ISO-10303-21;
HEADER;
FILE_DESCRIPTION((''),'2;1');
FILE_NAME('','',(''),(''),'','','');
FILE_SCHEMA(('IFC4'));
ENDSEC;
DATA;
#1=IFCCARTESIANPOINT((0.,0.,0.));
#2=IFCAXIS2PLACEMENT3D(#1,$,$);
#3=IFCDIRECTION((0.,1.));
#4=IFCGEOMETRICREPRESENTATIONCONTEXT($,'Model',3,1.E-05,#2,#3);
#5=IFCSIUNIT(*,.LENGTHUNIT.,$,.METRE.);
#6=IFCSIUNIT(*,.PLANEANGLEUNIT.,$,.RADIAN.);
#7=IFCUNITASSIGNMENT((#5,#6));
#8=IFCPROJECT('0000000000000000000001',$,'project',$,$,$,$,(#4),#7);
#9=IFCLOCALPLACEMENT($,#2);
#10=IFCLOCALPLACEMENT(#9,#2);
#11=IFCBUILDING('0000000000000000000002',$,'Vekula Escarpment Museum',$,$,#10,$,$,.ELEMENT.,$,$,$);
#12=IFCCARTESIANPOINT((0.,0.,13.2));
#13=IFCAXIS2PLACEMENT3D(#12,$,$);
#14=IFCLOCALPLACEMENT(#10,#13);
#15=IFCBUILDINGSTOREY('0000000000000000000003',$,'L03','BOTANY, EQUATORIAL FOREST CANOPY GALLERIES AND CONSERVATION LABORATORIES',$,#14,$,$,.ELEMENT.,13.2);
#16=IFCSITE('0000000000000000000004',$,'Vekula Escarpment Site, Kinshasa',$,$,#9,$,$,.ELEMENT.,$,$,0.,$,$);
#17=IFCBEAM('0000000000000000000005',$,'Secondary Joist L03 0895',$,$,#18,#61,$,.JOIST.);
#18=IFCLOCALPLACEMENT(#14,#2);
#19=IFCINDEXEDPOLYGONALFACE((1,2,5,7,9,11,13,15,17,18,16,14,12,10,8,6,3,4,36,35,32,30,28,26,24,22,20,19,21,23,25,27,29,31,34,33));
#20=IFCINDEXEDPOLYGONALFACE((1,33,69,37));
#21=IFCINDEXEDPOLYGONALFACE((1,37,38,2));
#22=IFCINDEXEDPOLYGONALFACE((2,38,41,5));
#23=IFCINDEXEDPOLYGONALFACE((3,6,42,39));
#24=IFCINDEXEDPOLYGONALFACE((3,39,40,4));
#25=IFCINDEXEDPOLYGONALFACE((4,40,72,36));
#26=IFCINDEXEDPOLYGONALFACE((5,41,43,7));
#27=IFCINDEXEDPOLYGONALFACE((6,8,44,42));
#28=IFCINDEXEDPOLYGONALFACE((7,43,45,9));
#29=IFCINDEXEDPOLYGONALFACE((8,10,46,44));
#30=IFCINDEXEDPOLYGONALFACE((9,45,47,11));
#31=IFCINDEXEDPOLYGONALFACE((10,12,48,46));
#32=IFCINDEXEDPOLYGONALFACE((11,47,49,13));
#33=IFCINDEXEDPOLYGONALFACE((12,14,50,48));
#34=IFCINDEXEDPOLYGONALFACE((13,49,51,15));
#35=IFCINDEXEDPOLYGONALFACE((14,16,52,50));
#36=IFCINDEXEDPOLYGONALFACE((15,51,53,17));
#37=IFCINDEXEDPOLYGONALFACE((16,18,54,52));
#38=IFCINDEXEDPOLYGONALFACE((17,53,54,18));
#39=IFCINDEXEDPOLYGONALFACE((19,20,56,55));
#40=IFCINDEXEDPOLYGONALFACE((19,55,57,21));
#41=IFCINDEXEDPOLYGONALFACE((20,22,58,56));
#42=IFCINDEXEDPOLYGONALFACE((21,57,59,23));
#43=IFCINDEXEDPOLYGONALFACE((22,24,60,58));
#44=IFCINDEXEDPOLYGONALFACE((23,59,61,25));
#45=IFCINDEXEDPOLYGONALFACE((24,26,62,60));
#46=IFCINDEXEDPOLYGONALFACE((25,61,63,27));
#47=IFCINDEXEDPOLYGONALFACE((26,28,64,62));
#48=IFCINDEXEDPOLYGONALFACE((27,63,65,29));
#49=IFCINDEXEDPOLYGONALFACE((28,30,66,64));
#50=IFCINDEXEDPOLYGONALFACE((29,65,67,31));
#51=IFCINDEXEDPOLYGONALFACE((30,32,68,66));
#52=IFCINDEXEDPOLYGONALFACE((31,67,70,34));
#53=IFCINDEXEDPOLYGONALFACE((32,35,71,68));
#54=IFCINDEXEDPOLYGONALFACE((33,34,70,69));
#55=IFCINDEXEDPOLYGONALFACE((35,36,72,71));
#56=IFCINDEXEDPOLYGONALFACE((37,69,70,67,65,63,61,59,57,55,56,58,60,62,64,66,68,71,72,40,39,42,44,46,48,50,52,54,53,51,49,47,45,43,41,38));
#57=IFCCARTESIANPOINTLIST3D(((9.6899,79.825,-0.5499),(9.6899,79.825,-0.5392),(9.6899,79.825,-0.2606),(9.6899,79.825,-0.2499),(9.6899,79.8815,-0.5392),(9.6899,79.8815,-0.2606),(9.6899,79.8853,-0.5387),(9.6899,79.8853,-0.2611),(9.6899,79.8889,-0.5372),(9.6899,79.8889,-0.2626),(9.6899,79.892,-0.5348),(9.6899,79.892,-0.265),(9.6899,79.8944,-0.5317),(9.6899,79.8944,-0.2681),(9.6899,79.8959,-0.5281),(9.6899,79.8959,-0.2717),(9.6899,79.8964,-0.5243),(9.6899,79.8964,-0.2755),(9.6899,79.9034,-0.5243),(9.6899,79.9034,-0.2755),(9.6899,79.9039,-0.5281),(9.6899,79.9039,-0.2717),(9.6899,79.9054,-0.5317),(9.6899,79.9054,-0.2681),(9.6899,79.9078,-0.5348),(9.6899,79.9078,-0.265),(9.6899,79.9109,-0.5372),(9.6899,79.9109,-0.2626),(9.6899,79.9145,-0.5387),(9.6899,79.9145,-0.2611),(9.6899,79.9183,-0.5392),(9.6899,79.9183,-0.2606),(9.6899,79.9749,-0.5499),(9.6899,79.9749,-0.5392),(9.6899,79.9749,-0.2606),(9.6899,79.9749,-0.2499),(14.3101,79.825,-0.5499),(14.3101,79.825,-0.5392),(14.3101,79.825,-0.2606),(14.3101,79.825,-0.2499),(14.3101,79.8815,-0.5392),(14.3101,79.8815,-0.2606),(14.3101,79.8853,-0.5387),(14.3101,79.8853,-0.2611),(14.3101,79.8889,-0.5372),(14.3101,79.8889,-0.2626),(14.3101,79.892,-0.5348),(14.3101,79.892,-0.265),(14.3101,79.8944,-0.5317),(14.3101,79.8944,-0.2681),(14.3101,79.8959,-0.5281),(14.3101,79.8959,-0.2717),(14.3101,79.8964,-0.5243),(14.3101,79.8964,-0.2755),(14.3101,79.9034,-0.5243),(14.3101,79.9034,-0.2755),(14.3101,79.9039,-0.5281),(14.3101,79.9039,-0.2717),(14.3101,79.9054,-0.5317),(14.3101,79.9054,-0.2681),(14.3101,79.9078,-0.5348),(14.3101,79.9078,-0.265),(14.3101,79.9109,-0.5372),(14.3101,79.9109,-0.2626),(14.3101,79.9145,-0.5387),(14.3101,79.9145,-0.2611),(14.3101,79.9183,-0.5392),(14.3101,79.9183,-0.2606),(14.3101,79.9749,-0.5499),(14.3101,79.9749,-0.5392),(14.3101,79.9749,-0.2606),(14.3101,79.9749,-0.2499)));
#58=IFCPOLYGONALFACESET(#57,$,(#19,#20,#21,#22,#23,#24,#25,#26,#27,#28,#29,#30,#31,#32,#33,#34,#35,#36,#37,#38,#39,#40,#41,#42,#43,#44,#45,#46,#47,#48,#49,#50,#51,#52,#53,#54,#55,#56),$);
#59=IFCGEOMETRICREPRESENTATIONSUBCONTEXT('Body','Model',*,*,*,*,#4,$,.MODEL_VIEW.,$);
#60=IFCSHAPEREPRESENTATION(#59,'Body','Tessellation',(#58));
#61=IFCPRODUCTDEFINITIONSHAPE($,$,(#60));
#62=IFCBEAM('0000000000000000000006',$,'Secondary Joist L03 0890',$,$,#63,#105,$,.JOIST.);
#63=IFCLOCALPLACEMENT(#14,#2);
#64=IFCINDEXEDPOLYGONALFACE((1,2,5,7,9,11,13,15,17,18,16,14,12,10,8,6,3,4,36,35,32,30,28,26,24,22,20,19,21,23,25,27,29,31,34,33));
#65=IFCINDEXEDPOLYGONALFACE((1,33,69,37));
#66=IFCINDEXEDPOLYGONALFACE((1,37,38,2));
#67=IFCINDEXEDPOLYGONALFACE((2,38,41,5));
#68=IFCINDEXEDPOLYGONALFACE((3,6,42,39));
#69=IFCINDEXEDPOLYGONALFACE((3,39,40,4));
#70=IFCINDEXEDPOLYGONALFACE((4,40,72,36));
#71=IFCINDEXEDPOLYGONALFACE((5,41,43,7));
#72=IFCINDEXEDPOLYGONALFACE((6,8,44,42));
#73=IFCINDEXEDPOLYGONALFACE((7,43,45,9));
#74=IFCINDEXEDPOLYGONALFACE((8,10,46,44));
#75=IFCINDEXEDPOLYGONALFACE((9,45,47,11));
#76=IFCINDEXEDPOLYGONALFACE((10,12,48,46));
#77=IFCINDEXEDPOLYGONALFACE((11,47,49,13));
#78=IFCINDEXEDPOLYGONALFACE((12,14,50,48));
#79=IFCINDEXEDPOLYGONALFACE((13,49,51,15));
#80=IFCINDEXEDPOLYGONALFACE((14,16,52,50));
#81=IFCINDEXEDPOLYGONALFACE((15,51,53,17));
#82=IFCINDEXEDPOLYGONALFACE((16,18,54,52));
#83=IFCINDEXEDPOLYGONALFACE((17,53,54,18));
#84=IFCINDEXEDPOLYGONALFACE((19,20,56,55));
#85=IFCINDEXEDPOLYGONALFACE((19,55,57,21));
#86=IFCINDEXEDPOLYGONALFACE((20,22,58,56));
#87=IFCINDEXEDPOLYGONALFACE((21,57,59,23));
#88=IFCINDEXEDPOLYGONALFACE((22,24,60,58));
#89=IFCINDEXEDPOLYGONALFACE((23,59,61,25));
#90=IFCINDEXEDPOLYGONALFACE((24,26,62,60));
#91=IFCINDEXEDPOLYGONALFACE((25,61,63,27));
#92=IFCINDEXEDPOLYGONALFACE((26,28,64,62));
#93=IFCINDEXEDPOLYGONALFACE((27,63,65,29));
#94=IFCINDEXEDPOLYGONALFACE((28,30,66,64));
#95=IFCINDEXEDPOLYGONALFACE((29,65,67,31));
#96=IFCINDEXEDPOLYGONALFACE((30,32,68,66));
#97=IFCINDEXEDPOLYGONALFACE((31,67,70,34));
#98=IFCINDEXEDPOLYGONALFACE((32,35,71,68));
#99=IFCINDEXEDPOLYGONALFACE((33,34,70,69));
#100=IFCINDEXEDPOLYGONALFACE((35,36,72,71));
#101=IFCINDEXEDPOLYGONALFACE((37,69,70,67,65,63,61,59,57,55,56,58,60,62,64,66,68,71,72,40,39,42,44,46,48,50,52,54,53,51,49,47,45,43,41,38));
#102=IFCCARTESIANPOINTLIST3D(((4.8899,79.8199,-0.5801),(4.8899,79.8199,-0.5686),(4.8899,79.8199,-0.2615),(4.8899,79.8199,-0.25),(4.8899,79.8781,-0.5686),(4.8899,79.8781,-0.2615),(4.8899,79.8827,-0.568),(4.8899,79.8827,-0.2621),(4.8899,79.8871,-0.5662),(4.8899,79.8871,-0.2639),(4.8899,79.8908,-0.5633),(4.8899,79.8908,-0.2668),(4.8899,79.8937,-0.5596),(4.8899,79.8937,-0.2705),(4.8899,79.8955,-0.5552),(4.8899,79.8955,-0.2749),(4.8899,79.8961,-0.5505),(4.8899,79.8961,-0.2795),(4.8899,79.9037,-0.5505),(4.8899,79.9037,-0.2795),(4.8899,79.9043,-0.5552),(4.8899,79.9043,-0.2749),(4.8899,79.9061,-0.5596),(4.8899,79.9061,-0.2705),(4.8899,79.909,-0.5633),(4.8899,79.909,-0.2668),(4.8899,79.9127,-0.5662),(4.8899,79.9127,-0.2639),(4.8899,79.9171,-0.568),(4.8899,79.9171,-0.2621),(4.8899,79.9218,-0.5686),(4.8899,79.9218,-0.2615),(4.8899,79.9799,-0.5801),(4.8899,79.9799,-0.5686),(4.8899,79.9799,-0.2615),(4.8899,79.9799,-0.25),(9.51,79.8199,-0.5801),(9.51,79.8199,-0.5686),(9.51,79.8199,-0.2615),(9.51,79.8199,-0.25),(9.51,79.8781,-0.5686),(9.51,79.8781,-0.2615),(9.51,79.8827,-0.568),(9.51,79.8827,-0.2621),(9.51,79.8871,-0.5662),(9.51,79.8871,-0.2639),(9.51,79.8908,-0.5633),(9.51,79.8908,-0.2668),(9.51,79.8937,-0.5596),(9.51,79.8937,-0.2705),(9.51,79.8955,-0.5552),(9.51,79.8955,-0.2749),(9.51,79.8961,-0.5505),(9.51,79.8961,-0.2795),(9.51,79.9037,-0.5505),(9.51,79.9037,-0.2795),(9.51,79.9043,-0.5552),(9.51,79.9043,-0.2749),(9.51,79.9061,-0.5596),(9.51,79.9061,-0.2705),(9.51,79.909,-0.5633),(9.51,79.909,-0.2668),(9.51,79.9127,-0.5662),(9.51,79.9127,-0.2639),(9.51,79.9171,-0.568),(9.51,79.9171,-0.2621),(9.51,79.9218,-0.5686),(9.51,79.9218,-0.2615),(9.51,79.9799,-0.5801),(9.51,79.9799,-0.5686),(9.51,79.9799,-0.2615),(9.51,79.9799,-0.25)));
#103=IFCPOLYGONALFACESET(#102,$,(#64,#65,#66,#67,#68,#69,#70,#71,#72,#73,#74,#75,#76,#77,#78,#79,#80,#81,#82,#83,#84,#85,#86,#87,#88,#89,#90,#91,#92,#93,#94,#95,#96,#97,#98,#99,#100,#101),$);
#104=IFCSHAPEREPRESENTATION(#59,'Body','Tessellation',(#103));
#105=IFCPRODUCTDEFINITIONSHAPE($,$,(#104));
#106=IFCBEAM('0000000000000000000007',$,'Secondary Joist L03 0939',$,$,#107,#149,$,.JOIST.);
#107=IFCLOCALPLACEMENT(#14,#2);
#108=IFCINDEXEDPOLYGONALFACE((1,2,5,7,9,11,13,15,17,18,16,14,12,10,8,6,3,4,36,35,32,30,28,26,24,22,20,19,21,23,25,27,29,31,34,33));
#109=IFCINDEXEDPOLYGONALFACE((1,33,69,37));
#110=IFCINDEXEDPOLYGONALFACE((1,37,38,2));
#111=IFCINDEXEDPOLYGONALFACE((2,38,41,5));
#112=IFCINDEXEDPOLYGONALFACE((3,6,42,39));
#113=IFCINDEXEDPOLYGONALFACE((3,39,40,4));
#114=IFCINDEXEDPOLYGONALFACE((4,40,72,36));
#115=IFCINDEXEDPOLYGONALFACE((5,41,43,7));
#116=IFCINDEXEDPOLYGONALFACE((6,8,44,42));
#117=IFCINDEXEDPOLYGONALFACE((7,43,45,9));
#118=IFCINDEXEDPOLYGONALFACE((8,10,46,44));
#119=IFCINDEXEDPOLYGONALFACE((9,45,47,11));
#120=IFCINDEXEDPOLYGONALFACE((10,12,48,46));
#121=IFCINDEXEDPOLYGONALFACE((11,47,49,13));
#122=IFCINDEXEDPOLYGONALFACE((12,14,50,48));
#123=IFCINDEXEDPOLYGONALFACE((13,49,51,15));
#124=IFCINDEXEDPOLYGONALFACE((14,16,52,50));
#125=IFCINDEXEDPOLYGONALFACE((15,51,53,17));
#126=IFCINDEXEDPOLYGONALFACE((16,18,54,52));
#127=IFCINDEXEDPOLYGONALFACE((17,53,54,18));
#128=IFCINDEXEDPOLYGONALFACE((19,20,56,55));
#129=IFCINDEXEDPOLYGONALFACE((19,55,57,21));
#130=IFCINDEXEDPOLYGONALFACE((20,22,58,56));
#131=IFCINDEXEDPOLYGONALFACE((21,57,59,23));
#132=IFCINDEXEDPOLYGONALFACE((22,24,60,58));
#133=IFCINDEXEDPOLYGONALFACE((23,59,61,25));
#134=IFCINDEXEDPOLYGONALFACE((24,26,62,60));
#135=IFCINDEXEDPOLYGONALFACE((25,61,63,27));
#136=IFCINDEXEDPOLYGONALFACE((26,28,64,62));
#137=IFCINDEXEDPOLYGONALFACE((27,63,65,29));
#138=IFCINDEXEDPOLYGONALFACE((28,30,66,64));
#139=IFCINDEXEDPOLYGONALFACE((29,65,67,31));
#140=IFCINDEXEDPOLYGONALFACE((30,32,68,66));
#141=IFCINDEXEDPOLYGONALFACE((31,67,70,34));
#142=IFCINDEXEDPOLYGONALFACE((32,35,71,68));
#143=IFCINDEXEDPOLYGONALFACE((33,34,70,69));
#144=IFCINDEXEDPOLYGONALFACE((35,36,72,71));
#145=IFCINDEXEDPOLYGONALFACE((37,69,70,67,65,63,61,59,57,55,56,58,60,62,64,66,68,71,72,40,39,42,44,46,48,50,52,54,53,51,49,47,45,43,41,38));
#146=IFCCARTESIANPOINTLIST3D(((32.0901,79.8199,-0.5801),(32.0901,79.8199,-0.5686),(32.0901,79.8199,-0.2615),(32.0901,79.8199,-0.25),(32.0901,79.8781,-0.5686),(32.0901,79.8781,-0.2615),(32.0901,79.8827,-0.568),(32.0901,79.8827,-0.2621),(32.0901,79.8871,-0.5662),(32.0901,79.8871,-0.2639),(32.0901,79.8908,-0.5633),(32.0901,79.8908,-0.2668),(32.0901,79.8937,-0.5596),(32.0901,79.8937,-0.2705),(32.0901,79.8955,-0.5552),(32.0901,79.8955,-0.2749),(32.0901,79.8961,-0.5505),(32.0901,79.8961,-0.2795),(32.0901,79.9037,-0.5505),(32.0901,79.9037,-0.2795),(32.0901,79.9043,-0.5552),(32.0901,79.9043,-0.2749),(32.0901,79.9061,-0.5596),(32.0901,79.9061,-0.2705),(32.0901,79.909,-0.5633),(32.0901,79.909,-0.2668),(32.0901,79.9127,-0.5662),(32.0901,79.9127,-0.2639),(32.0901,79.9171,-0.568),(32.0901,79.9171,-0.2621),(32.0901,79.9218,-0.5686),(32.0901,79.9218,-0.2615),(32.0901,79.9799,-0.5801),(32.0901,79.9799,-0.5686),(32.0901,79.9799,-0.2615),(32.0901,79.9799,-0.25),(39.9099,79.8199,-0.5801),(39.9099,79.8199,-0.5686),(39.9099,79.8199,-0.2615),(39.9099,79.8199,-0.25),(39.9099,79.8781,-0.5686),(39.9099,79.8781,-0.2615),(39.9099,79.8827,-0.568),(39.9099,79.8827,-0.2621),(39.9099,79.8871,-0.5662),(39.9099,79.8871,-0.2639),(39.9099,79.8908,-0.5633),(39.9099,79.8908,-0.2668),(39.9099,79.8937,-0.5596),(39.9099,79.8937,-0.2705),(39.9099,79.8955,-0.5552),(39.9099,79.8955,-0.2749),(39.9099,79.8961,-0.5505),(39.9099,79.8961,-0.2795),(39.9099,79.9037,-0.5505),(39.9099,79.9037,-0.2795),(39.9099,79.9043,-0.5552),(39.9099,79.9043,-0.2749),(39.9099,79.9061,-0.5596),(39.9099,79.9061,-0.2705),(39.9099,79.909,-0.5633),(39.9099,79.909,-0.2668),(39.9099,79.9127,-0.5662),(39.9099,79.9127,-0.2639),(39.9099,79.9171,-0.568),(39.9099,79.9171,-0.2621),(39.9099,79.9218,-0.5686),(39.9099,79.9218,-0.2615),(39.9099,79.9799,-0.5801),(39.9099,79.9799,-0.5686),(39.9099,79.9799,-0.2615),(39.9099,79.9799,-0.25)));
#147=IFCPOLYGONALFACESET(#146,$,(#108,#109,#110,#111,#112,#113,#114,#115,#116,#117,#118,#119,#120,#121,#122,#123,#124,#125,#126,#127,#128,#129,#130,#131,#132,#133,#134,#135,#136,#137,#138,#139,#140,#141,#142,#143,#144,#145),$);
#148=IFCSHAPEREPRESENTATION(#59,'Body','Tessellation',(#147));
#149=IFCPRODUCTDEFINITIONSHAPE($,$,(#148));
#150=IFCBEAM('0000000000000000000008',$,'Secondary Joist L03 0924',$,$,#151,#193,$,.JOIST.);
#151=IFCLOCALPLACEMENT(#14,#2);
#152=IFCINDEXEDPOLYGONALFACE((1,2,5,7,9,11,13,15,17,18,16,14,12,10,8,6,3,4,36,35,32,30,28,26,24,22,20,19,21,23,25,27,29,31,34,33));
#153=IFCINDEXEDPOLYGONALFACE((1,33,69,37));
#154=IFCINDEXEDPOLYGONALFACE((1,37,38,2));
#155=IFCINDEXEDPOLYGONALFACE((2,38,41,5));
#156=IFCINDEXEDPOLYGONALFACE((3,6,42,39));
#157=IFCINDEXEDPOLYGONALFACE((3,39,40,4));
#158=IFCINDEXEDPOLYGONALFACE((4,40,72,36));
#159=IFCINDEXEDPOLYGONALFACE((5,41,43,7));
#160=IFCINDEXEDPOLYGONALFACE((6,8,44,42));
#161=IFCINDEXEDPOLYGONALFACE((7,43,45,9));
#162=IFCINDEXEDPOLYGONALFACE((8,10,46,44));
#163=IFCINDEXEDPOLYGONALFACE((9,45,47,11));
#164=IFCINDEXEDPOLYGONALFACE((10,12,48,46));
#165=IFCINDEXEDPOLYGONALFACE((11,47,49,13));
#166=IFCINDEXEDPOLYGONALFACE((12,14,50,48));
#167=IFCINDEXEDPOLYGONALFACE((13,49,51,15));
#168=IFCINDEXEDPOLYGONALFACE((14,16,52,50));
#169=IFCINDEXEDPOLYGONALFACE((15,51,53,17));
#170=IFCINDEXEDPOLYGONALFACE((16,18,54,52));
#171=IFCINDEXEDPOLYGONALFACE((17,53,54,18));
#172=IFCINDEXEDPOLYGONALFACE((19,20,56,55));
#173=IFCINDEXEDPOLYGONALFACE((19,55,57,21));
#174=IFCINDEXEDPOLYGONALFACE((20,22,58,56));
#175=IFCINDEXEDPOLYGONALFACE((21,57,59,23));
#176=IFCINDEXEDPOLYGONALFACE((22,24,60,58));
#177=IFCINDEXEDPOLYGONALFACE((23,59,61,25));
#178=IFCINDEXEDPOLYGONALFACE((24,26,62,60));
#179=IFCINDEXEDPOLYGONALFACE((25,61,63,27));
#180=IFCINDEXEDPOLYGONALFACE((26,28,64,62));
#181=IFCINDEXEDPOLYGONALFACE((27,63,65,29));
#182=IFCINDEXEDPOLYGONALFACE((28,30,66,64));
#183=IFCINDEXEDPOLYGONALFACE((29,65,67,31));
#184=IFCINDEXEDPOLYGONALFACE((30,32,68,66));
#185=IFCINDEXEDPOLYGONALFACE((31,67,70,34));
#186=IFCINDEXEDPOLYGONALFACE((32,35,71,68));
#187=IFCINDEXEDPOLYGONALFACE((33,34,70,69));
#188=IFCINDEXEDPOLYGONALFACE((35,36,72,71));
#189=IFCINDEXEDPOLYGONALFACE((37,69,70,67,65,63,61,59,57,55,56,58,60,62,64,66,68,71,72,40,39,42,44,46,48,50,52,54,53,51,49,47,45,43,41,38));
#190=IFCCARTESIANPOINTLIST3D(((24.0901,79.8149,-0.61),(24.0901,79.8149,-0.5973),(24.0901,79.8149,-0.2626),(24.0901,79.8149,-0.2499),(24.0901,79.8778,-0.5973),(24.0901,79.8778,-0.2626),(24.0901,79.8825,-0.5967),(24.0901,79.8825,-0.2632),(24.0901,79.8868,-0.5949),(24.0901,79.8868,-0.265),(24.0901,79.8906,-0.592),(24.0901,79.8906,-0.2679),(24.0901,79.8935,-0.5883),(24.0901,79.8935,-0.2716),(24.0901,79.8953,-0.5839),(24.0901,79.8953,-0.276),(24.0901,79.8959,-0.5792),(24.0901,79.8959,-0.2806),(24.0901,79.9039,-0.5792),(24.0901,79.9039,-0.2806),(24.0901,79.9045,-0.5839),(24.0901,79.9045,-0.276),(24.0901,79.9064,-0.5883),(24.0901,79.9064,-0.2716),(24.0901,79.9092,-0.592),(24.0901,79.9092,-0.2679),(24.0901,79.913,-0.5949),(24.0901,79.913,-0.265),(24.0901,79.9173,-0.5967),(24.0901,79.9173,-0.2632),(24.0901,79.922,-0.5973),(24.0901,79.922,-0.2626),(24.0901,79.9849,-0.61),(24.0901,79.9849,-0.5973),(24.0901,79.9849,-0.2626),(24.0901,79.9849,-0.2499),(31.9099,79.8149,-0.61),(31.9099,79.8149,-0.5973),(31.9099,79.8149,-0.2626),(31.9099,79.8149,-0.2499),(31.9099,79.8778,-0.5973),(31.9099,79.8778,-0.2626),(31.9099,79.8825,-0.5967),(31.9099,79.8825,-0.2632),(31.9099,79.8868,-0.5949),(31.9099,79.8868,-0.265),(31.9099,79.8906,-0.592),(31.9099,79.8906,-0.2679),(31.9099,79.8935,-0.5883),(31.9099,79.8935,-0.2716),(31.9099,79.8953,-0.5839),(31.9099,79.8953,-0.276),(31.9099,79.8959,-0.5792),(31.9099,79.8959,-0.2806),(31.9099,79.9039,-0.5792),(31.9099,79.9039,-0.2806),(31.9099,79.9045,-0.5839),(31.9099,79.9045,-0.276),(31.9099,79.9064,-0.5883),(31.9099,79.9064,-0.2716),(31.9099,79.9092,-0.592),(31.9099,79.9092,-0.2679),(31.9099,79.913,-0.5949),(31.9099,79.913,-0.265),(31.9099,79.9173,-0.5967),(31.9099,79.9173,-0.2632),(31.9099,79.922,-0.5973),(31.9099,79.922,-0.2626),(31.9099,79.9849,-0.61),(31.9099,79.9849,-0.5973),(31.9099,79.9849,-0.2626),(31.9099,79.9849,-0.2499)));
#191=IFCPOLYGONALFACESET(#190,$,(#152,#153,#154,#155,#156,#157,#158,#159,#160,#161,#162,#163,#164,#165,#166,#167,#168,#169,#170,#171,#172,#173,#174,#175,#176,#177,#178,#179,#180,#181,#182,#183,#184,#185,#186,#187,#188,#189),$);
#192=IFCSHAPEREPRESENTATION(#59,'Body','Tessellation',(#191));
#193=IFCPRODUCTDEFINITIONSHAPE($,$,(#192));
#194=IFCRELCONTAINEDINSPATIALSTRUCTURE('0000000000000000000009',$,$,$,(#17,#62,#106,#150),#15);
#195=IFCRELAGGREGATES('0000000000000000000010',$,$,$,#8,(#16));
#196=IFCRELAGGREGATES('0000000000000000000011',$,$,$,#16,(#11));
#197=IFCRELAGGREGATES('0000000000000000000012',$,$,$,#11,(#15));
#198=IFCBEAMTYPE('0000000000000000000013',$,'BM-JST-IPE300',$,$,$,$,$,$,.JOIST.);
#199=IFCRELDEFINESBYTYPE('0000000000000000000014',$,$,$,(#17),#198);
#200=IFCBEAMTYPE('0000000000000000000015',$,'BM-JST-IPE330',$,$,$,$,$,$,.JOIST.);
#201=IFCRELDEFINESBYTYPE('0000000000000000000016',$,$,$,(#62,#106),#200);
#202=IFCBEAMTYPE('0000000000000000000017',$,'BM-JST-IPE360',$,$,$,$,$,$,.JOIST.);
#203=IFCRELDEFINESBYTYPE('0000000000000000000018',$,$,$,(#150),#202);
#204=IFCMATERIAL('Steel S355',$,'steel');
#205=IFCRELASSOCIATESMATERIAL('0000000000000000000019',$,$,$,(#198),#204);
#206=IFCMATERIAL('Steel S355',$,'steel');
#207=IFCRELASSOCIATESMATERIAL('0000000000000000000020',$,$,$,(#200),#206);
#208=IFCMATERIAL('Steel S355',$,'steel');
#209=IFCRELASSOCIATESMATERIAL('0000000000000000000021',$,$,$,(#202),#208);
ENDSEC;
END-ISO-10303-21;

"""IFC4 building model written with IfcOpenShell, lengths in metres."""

from ifc_helpers import new_model, si_unit, direction, frame, origin, origin_2d, place, context, subcontext, project, spatial, i_section, extrude, material, material_profile, profile_set, type_object, element, save


model = new_model("IFC4")

# Units and contexts
model_context = context("Model", 3, precision=1e-05, world=origin(), true_north=direction((0.0, 1.0)))
body_context = subcontext(model_context, "Body", "Model", "MODEL_VIEW")
ifc_project = project(units=[si_unit("LENGTHUNIT", "METRE"), si_unit("PLANEANGLEUNIT", "RADIAN")], contexts=[model_context])

# Site, building, storey
site_placement = place(None, origin())
site = spatial("IfcSite", under=ifc_project, at=site_placement, Name="Vekula Escarpment Site, Kinshasa", CompositionType="ELEMENT", RefElevation=0.0)
building_placement = place(site_placement, origin())
building = spatial("IfcBuilding", under=site, at=building_placement, Name="Vekula Escarpment Museum", CompositionType="ELEMENT")
storey_placement = place(building_placement, frame((0.0, 0.0, 13.2)))
storey = spatial("IfcBuildingStorey", under=building, at=storey_placement, Name="L03", Description="BOTANY, EQUATORIAL FOREST CANOPY GALLERIES AND CONSERVATION LABORATORIES", CompositionType="ELEMENT", Elevation=13.2)

# Beams
ifc_material_1 = material(Name="Steel S355", Category="steel")
ifc_material_profile_1 = material_profile(ifc_material_1, i_section(OverallWidth=0.1499, OverallDepth=0.3, WebThickness=0.0071, FlangeThickness=0.0107, FilletRadius=0.0149, at=origin_2d()), Name="IPE 300")
ifc_profile_set_1 = profile_set([ifc_material_profile_1], Name="Steel S355")
beam_type_1 = type_object("IfcBeamType", Name="BM-JST-IPE300", PredefinedType="JOIST", material=ifc_profile_set_1)
beam_1_placement = place(storey_placement, frame((9.6899, 79.8999, -0.3999), z_axis=(1.0, 0.0, 0.0), x_axis=(0.0, 1.0, 0.0)))
element("IfcBeam", 1, at=beam_1_placement, inside=storey, type_object=beam_type_1, Name="Secondary Joist L03 0895", PredefinedType="JOIST", context=body_context, shape_type="SweptSolid", body=[
    extrude(i_section(OverallWidth=0.1499, OverallDepth=0.3, WebThickness=0.0071, FlangeThickness=0.0107, FilletRadius=0.0149, at=origin_2d()), origin(), (0.0, 0.0, 1.0), 4.6201),
])
ifc_material_2 = material(Name="Steel S355", Category="steel")
ifc_material_profile_2 = material_profile(ifc_material_2, i_section(OverallWidth=0.1599, OverallDepth=0.3301, WebThickness=0.0076, FlangeThickness=0.0115, FilletRadius=0.0181, at=origin_2d()), Name="IPE 330")
ifc_profile_set_2 = profile_set([ifc_material_profile_2], Name="Steel S355")
beam_type_2 = type_object("IfcBeamType", Name="BM-JST-IPE330", PredefinedType="JOIST", material=ifc_profile_set_2)
beam_2_placement = place(storey_placement, frame((4.8899, 79.8999, -0.415), z_axis=(1.0, 0.0, 0.0), x_axis=(0.0, 1.0, 0.0)))
element("IfcBeam", 2, at=beam_2_placement, inside=storey, type_object=beam_type_2, Name="Secondary Joist L03 0890", PredefinedType="JOIST", context=body_context, shape_type="SweptSolid", body=[
    extrude(i_section(OverallWidth=0.1599, OverallDepth=0.3301, WebThickness=0.0076, FlangeThickness=0.0115, FilletRadius=0.0181, at=origin_2d()), origin(), (0.0, 0.0, 1.0), 4.6201),
])
beam_3_placement = place(storey_placement, frame((32.0901, 79.8999, -0.415), z_axis=(1.0, 0.0, 0.0), x_axis=(0.0, 1.0, 0.0)))
element("IfcBeam", 3, at=beam_3_placement, inside=storey, type_object=beam_type_2, Name="Secondary Joist L03 0939", PredefinedType="JOIST", context=body_context, shape_type="SweptSolid", body=[
    extrude(i_section(OverallWidth=0.1599, OverallDepth=0.3301, WebThickness=0.0076, FlangeThickness=0.0115, FilletRadius=0.0181, at=origin_2d()), origin(), (0.0, 0.0, 1.0), 7.8198),
])
ifc_material_3 = material(Name="Steel S355", Category="steel")
ifc_material_profile_3 = material_profile(ifc_material_3, i_section(OverallWidth=0.1699, OverallDepth=0.3601, WebThickness=0.0081, FlangeThickness=0.0127, FilletRadius=0.0181, at=origin_2d()), Name="IPE 360")
ifc_profile_set_3 = profile_set([ifc_material_profile_3], Name="Steel S355")
beam_type_3 = type_object("IfcBeamType", Name="BM-JST-IPE360", PredefinedType="JOIST", material=ifc_profile_set_3)
beam_4_placement = place(storey_placement, frame((24.0901, 79.8999, -0.4299), z_axis=(1.0, 0.0, 0.0), x_axis=(0.0, 1.0, 0.0)))
element("IfcBeam", 4, at=beam_4_placement, inside=storey, type_object=beam_type_3, Name="Secondary Joist L03 0924", PredefinedType="JOIST", context=body_context, shape_type="SweptSolid", body=[
    extrude(i_section(OverallWidth=0.1699, OverallDepth=0.3601, WebThickness=0.0081, FlangeThickness=0.0127, FilletRadius=0.0181, at=origin_2d()), origin(), (0.0, 0.0, 1.0), 7.8198),
])

save(model, "model.ifc")
